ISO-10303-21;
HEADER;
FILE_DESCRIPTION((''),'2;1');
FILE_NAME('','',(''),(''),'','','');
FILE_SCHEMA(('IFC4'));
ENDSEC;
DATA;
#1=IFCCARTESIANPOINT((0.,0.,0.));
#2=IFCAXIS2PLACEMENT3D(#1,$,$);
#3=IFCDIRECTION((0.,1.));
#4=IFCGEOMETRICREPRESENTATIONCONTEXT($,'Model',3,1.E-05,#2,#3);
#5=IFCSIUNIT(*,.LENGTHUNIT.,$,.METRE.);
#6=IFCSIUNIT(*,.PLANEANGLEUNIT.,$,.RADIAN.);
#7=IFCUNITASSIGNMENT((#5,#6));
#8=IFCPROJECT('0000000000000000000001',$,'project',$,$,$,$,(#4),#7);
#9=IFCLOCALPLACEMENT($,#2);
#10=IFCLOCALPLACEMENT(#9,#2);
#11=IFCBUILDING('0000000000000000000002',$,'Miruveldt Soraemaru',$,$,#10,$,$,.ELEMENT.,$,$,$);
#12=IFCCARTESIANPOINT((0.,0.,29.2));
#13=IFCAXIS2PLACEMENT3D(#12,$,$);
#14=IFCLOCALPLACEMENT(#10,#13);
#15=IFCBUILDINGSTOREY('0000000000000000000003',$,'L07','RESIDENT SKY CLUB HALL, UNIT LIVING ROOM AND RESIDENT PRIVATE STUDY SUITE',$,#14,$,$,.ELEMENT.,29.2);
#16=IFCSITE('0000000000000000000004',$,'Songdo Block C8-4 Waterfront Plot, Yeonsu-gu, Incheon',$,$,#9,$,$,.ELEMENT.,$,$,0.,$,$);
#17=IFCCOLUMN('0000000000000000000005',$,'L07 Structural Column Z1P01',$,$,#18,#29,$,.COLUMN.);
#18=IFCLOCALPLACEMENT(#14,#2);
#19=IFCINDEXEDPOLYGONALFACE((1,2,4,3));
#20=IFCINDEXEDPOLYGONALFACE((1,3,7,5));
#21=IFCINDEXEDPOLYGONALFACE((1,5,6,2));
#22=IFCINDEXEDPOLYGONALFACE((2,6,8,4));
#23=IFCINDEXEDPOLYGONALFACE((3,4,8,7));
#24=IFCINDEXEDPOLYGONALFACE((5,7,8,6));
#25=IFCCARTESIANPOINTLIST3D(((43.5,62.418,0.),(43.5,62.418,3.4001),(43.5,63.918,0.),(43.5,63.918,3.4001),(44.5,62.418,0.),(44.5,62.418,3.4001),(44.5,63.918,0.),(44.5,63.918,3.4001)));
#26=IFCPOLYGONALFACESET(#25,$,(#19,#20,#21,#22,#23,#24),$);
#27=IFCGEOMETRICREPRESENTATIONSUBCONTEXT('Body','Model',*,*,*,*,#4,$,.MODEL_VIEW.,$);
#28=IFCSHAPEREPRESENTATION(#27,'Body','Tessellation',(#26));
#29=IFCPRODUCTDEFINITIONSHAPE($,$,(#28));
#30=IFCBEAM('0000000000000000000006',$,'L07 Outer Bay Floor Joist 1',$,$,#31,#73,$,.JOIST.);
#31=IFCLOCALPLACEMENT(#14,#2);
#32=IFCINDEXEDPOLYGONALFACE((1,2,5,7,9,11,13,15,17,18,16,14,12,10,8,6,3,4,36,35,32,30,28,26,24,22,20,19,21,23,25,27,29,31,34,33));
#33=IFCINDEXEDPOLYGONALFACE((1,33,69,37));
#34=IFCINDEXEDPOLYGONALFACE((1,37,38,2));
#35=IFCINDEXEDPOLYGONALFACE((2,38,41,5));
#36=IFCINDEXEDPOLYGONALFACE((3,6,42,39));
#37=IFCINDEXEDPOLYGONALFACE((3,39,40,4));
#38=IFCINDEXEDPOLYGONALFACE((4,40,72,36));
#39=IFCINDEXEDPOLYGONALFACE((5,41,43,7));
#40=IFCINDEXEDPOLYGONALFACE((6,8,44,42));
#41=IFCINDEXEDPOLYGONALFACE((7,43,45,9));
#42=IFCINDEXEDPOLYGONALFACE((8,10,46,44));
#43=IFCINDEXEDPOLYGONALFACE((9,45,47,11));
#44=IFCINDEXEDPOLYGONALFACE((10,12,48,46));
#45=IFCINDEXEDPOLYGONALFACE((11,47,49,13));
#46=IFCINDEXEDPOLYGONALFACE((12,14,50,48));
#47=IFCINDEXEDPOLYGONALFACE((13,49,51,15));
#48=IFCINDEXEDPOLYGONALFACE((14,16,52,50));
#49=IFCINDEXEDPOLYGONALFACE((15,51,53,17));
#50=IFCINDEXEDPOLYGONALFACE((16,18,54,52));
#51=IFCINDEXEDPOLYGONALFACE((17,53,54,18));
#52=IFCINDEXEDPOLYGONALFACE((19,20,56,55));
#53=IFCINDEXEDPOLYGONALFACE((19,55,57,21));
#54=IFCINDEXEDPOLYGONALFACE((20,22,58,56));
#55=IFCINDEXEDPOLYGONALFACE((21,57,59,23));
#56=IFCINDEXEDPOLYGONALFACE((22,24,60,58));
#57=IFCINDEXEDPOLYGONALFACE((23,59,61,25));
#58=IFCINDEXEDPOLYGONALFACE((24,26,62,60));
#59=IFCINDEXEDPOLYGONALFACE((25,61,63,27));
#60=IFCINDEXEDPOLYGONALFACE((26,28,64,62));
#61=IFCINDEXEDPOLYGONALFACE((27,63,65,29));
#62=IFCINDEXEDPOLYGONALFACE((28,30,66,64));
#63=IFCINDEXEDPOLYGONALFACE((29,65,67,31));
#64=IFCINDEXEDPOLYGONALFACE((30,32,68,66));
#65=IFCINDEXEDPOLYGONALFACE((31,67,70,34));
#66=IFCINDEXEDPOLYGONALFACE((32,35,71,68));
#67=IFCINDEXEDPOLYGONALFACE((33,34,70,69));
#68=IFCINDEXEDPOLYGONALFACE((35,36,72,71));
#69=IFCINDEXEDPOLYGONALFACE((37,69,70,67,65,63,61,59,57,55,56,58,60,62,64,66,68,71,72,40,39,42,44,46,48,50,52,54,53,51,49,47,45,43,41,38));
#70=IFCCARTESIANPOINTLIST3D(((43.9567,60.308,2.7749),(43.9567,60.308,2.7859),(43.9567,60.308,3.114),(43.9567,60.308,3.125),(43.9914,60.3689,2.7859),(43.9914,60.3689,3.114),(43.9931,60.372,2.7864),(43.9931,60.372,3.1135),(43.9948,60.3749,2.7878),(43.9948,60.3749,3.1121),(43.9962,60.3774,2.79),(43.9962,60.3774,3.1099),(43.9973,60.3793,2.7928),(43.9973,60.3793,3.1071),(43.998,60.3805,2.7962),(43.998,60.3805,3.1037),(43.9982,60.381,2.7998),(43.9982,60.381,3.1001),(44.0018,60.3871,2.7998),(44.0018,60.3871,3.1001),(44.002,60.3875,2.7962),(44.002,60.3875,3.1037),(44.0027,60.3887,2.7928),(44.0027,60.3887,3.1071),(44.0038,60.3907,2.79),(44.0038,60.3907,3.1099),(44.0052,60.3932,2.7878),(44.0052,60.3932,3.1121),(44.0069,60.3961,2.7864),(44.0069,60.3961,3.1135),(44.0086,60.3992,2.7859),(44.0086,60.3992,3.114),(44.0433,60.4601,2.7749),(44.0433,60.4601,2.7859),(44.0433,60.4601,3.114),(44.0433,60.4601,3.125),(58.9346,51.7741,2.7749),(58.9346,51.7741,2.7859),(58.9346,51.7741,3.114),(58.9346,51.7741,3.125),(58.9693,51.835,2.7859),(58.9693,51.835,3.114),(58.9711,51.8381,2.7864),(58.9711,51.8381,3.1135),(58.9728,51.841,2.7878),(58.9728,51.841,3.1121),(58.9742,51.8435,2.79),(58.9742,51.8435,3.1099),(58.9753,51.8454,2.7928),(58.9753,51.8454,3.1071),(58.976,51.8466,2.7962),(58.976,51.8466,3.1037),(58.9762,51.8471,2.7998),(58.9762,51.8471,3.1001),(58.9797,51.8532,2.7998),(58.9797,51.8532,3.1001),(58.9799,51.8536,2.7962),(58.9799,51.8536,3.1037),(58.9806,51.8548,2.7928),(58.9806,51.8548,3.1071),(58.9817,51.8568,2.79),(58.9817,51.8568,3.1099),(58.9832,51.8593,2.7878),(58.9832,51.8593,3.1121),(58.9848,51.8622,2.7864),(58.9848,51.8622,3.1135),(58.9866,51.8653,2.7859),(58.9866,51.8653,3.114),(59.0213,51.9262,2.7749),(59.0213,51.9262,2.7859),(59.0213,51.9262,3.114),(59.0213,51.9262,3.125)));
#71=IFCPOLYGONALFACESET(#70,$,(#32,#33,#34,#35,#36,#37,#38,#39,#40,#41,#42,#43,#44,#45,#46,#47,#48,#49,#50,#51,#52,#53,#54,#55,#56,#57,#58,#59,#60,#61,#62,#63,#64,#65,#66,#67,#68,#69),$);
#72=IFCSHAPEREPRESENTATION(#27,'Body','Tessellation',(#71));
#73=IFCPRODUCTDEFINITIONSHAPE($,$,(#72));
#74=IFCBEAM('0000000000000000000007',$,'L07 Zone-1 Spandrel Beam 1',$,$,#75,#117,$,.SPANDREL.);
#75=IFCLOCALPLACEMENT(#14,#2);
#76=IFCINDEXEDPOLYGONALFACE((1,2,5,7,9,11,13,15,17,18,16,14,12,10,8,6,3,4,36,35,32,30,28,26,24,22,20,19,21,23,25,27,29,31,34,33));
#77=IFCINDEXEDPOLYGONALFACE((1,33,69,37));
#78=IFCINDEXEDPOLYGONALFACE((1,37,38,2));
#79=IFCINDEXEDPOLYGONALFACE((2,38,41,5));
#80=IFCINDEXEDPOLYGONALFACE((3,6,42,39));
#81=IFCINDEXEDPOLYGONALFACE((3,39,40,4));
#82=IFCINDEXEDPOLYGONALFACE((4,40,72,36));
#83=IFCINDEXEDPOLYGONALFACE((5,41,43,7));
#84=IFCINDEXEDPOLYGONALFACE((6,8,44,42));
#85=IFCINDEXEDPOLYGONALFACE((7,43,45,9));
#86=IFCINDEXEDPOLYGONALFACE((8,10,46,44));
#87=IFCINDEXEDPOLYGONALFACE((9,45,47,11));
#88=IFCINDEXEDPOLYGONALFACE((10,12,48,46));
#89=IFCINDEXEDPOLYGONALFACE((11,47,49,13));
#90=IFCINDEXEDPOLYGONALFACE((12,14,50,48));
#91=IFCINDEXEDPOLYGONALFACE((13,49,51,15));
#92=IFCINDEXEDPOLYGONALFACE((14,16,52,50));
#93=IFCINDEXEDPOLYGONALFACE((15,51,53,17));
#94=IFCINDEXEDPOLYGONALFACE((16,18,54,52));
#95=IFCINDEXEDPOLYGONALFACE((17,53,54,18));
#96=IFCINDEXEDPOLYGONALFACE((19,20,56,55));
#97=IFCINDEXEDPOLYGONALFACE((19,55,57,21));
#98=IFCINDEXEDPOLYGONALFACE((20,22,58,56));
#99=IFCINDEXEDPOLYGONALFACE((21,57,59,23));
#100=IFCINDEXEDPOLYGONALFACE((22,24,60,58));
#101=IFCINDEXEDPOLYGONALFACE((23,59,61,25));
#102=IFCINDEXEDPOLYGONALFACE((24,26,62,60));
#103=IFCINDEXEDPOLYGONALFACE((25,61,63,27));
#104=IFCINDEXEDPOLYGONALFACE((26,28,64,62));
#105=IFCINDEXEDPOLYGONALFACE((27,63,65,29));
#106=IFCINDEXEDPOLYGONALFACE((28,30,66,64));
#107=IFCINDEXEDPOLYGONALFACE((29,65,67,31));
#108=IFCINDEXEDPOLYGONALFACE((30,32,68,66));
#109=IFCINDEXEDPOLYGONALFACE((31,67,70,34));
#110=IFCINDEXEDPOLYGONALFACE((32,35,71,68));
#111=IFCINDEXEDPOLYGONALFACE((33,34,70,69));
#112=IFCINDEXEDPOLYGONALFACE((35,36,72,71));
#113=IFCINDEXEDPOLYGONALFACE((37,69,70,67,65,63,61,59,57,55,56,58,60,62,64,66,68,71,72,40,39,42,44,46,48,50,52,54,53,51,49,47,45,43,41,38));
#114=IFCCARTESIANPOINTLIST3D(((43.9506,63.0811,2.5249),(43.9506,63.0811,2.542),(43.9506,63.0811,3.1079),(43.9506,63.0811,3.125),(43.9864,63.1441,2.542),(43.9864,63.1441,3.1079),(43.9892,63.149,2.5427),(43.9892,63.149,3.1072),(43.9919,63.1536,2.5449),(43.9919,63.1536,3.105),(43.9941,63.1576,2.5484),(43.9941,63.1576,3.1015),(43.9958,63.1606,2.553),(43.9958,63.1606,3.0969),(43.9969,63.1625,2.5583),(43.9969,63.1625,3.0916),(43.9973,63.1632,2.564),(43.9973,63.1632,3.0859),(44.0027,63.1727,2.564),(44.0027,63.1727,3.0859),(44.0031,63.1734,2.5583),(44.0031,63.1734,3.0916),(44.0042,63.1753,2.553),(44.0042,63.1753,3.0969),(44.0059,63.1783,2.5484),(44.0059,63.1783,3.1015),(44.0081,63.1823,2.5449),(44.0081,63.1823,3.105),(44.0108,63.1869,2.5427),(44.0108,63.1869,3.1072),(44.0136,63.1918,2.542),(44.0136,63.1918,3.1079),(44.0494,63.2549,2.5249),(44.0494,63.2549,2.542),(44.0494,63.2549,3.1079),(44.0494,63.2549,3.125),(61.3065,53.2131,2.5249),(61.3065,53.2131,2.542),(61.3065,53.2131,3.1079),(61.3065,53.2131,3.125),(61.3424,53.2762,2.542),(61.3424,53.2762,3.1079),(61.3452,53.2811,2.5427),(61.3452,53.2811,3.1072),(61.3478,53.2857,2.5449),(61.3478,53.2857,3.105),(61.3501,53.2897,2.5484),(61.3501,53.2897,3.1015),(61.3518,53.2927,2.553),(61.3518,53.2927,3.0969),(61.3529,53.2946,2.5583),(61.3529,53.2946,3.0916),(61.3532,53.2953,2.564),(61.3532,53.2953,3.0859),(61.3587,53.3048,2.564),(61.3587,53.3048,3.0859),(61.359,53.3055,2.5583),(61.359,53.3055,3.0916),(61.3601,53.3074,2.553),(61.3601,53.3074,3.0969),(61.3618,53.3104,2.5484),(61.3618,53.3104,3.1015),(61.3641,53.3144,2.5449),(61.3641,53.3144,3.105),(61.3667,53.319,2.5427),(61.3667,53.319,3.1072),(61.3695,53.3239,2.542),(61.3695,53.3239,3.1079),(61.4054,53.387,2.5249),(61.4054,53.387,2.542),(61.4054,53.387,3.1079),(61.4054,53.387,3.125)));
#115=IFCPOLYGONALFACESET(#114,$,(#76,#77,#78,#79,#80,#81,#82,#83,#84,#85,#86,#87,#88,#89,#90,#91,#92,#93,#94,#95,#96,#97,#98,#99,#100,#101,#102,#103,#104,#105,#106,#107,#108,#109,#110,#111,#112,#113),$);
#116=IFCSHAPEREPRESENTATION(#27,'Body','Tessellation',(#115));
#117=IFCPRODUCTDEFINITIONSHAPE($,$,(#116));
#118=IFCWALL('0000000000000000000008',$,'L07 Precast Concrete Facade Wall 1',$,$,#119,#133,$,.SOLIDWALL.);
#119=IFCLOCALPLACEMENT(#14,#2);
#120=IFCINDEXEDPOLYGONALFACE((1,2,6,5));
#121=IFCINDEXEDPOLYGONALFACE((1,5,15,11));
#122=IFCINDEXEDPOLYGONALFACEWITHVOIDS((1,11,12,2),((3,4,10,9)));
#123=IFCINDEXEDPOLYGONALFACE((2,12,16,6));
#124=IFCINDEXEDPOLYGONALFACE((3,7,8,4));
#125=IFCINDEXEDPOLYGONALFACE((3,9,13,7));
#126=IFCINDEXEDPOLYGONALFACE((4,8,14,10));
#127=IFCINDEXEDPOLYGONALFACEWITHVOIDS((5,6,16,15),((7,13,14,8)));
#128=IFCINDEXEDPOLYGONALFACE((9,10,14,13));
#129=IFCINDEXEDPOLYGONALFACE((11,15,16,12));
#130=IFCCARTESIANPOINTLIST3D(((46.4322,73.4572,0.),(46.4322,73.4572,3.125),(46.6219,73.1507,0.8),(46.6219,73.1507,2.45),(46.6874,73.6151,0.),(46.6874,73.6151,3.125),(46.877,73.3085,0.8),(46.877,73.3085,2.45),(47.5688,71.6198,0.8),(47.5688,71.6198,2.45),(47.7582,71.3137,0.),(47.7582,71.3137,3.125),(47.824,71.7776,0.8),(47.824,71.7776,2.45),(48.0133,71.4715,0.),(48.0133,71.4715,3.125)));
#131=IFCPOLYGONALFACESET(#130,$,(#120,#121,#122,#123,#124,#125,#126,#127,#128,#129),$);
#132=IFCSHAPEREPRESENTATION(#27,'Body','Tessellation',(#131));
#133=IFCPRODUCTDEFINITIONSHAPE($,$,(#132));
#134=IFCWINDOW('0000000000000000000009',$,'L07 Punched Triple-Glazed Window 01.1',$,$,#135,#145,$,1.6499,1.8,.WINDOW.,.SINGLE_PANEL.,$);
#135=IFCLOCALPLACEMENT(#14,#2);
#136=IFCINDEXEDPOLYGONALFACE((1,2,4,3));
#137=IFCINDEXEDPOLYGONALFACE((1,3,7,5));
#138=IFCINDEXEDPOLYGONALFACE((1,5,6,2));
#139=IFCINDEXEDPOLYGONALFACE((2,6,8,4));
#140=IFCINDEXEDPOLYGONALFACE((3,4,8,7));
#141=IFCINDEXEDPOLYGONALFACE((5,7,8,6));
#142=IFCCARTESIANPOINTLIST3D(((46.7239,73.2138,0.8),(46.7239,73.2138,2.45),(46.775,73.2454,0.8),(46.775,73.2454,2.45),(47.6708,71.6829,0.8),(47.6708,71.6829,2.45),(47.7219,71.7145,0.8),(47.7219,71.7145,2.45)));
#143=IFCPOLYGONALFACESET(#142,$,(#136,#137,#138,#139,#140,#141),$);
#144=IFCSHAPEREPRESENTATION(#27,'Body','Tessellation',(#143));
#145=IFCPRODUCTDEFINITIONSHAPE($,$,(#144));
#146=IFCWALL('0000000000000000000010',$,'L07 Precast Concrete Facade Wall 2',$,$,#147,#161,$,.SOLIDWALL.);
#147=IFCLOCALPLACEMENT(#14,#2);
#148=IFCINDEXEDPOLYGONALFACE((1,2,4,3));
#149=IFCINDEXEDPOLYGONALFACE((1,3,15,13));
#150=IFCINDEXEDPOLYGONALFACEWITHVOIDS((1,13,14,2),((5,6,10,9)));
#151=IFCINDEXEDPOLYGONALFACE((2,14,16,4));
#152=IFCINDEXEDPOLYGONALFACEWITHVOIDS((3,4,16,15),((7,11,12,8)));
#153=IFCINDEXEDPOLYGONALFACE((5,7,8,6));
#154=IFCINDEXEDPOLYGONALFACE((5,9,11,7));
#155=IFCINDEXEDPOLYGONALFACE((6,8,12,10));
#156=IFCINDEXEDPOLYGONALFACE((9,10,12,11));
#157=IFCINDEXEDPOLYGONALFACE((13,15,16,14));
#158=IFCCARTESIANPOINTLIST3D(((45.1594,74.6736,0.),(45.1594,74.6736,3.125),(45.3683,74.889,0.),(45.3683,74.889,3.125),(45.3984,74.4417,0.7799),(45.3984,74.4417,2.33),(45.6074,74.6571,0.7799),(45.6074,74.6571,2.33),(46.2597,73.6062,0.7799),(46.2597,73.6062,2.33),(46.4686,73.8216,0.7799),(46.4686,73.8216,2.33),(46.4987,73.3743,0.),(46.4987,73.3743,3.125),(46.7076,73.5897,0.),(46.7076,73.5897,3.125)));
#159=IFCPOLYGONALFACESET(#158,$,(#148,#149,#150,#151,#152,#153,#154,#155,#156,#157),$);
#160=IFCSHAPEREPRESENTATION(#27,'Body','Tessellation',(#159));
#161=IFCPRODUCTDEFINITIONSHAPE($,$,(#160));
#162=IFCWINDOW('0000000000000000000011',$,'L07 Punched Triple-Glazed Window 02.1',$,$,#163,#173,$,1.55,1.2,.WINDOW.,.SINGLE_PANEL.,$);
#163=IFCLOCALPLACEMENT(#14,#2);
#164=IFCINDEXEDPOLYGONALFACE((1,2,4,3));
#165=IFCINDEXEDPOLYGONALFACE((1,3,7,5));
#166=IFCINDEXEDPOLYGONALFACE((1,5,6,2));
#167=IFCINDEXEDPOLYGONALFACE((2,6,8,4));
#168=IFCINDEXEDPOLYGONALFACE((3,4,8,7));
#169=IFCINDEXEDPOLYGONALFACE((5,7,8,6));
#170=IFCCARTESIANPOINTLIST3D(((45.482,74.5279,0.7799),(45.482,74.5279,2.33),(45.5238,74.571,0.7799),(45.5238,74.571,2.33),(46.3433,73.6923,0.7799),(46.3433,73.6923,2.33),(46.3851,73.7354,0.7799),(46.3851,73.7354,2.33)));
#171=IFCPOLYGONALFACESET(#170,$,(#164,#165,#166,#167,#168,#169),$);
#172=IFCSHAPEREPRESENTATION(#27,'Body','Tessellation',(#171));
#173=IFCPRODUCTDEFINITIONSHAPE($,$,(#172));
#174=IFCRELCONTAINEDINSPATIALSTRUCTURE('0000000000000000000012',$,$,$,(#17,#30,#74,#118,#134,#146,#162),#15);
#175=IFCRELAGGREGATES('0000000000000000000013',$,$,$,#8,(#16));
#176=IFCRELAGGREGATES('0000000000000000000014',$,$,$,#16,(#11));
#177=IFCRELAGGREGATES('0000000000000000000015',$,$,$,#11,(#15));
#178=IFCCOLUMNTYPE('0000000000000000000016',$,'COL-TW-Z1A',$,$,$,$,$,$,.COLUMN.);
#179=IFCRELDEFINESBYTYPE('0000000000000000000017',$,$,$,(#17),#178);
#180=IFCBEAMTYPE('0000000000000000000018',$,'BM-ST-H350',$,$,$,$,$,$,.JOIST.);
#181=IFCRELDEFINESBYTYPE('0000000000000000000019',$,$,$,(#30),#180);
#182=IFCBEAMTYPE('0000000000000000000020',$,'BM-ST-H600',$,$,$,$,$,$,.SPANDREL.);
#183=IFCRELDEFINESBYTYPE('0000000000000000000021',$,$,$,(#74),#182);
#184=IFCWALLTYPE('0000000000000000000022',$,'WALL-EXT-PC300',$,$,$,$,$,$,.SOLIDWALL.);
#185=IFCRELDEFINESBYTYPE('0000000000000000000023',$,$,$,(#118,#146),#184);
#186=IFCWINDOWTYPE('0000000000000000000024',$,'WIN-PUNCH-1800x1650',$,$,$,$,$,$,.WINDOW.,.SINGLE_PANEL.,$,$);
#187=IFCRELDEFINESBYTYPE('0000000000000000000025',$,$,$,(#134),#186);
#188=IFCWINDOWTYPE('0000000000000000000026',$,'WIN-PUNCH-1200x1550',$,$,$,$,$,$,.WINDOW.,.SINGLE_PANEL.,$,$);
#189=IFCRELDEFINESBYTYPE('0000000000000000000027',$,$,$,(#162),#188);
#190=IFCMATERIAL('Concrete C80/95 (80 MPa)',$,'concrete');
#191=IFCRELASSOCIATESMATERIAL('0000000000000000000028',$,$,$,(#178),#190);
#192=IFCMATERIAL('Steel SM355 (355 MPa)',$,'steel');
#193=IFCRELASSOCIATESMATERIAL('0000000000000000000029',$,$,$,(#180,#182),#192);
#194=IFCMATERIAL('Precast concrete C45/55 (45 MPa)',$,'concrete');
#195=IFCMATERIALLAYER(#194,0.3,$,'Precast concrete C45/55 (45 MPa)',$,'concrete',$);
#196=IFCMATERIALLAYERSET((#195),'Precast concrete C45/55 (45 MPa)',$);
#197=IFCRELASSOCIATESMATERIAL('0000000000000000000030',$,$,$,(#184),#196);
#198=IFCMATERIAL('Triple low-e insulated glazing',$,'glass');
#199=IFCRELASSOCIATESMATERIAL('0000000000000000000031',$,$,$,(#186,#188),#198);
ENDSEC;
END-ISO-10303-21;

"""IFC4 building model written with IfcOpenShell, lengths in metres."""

from ifc_helpers import new_model, si_unit, direction, frame, frame_2d, origin, origin_2d, place, context, subcontext, project, spatial, rectangle, i_section, extrude, material, layer, layer_set, material_profile, profile_set, type_object, element, fill, save


model = new_model("IFC4")

# Units and contexts
model_context = context("Model", 3, precision=1e-05, world=origin(), true_north=direction((0.0, 1.0)))
body_context = subcontext(model_context, "Body", "Model", "MODEL_VIEW")
ifc_project = project(units=[si_unit("LENGTHUNIT", "METRE"), si_unit("PLANEANGLEUNIT", "RADIAN")], contexts=[model_context])

# Site, building, storey
site_placement = place(None, origin())
site = spatial("IfcSite", under=ifc_project, at=site_placement, Name="Songdo Block C8-4 Waterfront Plot, Yeonsu-gu, Incheon", CompositionType="ELEMENT", RefElevation=0.0)
building_placement = place(site_placement, origin())
building = spatial("IfcBuilding", under=site, at=building_placement, Name="Miruveldt Soraemaru", CompositionType="ELEMENT")
storey_placement = place(building_placement, frame((0.0, 0.0, 29.2)))
storey = spatial("IfcBuildingStorey", under=building, at=storey_placement, Name="L07", Description="RESIDENT SKY CLUB HALL, UNIT LIVING ROOM AND RESIDENT PRIVATE STUDY SUITE", CompositionType="ELEMENT", Elevation=29.2)

# Column
ifc_material_1 = material(Name="Concrete C80/95 (80 MPa)", Category="concrete")
ifc_material_profile_1 = material_profile(ifc_material_1, rectangle(XDim=1.5, YDim=1.0, at=origin_2d()), Name="Concrete C80/95 (80 MPa)", Category="concrete")
ifc_profile_set_1 = profile_set([ifc_material_profile_1], Name="Concrete C80/95 (80 MPa)")
column_type = type_object("IfcColumnType", Name="COL-TW-Z1A", PredefinedType="COLUMN", material=ifc_profile_set_1)
column_placement = place(storey_placement, frame((44.0, 63.168, 0.0), z_axis=(0.0, 0.0, 1.0), x_axis=(0.0, 1.0, 0.0)))
element("IfcColumn", 1, at=column_placement, inside=storey, type_object=column_type, Name="L07 Structural Column Z1P01", PredefinedType="COLUMN", context=body_context, shape_type="SweptSolid", body=[
    extrude(rectangle(XDim=1.5, YDim=1.0, at=origin_2d()), origin(), (0.0, 0.0, 1.0), 3.4001),
])

# Beams
ifc_material_2 = material(Name="Steel SM355 (355 MPa)", Category="steel")
ifc_material_profile_2 = material_profile(ifc_material_2, i_section(OverallWidth=0.175, OverallDepth=0.3501, WebThickness=0.0071, FlangeThickness=0.011, FilletRadius=0.0139, at=origin_2d()), Name="Steel SM355 (355 MPa)", Category="steel")
ifc_profile_set_2 = profile_set([ifc_material_profile_2], Name="Steel SM355 (355 MPa)")
beam_type_1 = type_object("IfcBeamType", Name="BM-ST-H350", PredefinedType="JOIST", material=ifc_profile_set_2)
beam_1_placement = place(storey_placement, frame((44.0, 60.384, 2.95), z_axis=(0.868866, -0.495048, 0.0), x_axis=(0.495048, 0.868866, 0.0)))
element("IfcBeam", 2, at=beam_1_placement, inside=storey, type_object=beam_type_1, Name="L07 Outer Bay Floor Joist 1", PredefinedType="JOIST", context=body_context, shape_type="SweptSolid", body=[
    extrude(i_section(OverallWidth=0.175, OverallDepth=0.3501, WebThickness=0.0071, FlangeThickness=0.011, FilletRadius=0.0139, at=origin_2d()), origin(), (0.0, 0.0, 1.0), 17.2385),
])
ifc_material_profile_3 = material_profile(ifc_material_2, i_section(OverallWidth=0.2, OverallDepth=0.6001, WebThickness=0.011, FlangeThickness=0.0171, FilletRadius=0.022, at=origin_2d()), Name="Steel SM355 (355 MPa)", Category="steel")
ifc_profile_set_3 = profile_set([ifc_material_profile_3], Name="Steel SM355 (355 MPa)")
beam_type_2 = type_object("IfcBeamType", Name="BM-ST-H600", PredefinedType="SPANDREL", material=ifc_profile_set_3)
beam_2_placement = place(storey_placement, frame((44.0, 63.168, 2.825), z_axis=(0.869315, -0.494259, 0.0), x_axis=(0.494259, 0.869315, 0.0)))
element("IfcBeam", 3, at=beam_2_placement, inside=storey, type_object=beam_type_2, Name="L07 Zone-1 Spandrel Beam 1", PredefinedType="SPANDREL", context=body_context, shape_type="SweptSolid", body=[
    extrude(i_section(OverallWidth=0.2, OverallDepth=0.6001, WebThickness=0.011, FlangeThickness=0.0171, FilletRadius=0.022, at=origin_2d()), origin(), (0.0, 0.0, 1.0), 19.9651),
])

# Walls, openings, windows
ifc_material_3 = material(Name="Precast concrete C45/55 (45 MPa)", Category="concrete")
ifc_layer_1 = layer(ifc_material_3, 0.3, Name="Precast concrete C45/55 (45 MPa)", Category="concrete")
ifc_layer_set_1 = layer_set([ifc_layer_1], Name="Precast concrete C45/55 (45 MPa)")
wall_type_1 = type_object("IfcWallType", Name="WALL-EXT-PC300", PredefinedType="SOLIDWALL", material=ifc_layer_set_1)
wall_1_placement = place(storey_placement, frame((47.8857, 71.3926, 0.0), z_axis=(0.0, 0.0, 1.0), x_axis=(-0.526058, 0.850449, 0.0)))
wall_1 = element("IfcWall", 4, at=wall_1_placement, inside=storey, type_object=wall_type_1, Name="L07 Precast Concrete Facade Wall 1", PredefinedType="SOLIDWALL", context=body_context, shape_type="SweptSolid", body=[
    extrude(rectangle(XDim=2.5205, YDim=0.3, at=frame_2d((1.2603, 0.0))), origin(), (0.0, 0.0, 1.0), 3.125),
])
opening_1_placement = place(wall_1_placement, frame((0.3601, 0.0, 0.8)))
opening_1 = element("IfcOpeningElement", 5, at=opening_1_placement, cuts=wall_1, PredefinedType="OPENING", context=body_context, shape_type="SweptSolid", body=[
    extrude(rectangle(XDim=1.8, YDim=1.6499, at=frame_2d((0.8999, 0.825))), frame((0.0, 0.1602, 0.0), z_axis=(0.0, -1.0, 0.0), x_axis=(1.0, 0.0, 0.0)), (0.0, 0.0, 1.0), 0.3201),
])
ifc_material_4 = material(Name="Triple low-e insulated glazing", Category="glass")
window_type_1 = type_object("IfcWindowType", Name="WIN-PUNCH-1800x1650", PartitioningType="SINGLE_PANEL", PredefinedType="WINDOW", material=ifc_material_4)
window_1_placement = place(opening_1_placement, origin())
window_1 = element("IfcWindow", 6, at=window_1_placement, inside=storey, type_object=window_type_1, Name="L07 Punched Triple-Glazed Window 01.1", OverallHeight=1.6499, OverallWidth=1.8, PartitioningType="SINGLE_PANEL", PredefinedType="WINDOW", context=body_context, shape_type="SweptSolid", body=[
    extrude(rectangle(XDim=1.8, YDim=1.6499, at=frame_2d((0.8999, 0.825))), frame((0.0, 0.03, 0.0), z_axis=(0.0, -1.0, 0.0), x_axis=(1.0, 0.0, 0.0)), (0.0, 0.0, 1.0), 0.0601),
])
fill(opening_1, window_1)
wall_2_placement = place(storey_placement, frame((46.6033, 73.4819, 0.0), z_axis=(0.0, 0.0, 1.0), x_axis=(-0.717754, 0.696297, 0.0)))
wall_2 = element("IfcWall", 7, at=wall_2_placement, inside=storey, type_object=wall_type_1, Name="L07 Precast Concrete Facade Wall 2", PredefinedType="SOLIDWALL", context=body_context, shape_type="SweptSolid", body=[
    extrude(rectangle(XDim=1.866, YDim=0.3, at=frame_2d((0.9331, 0.0))), origin(), (0.0, 0.0, 1.0), 3.125),
])
opening_2_placement = place(wall_2_placement, frame((0.333, 0.0, 0.78)))
opening_2 = element("IfcOpeningElement", 8, at=opening_2_placement, cuts=wall_2, PredefinedType="OPENING", context=body_context, shape_type="SweptSolid", body=[
    extrude(rectangle(XDim=1.2, YDim=1.55, at=frame_2d((0.6001, 0.7749))), frame((0.0, 0.1602, 0.0), z_axis=(0.0, -1.0, 0.0), x_axis=(1.0, 0.0, 0.0)), (0.0, 0.0, 1.0), 0.3201),
])
window_type_2 = type_object("IfcWindowType", Name="WIN-PUNCH-1200x1550", PartitioningType="SINGLE_PANEL", PredefinedType="WINDOW", material=ifc_material_4)
window_2_placement = place(opening_2_placement, origin())
window_2 = element("IfcWindow", 9, at=window_2_placement, inside=storey, type_object=window_type_2, Name="L07 Punched Triple-Glazed Window 02.1", OverallHeight=1.55, OverallWidth=1.2, PartitioningType="SINGLE_PANEL", PredefinedType="WINDOW", context=body_context, shape_type="SweptSolid", body=[
    extrude(rectangle(XDim=1.2, YDim=1.55, at=frame_2d((0.6001, 0.7749))), frame((0.0, 0.03, 0.0), z_axis=(0.0, -1.0, 0.0), x_axis=(1.0, 0.0, 0.0)), (0.0, 0.0, 1.0), 0.0601),
])
fill(opening_2, window_2)

save(model, "model.ifc")
